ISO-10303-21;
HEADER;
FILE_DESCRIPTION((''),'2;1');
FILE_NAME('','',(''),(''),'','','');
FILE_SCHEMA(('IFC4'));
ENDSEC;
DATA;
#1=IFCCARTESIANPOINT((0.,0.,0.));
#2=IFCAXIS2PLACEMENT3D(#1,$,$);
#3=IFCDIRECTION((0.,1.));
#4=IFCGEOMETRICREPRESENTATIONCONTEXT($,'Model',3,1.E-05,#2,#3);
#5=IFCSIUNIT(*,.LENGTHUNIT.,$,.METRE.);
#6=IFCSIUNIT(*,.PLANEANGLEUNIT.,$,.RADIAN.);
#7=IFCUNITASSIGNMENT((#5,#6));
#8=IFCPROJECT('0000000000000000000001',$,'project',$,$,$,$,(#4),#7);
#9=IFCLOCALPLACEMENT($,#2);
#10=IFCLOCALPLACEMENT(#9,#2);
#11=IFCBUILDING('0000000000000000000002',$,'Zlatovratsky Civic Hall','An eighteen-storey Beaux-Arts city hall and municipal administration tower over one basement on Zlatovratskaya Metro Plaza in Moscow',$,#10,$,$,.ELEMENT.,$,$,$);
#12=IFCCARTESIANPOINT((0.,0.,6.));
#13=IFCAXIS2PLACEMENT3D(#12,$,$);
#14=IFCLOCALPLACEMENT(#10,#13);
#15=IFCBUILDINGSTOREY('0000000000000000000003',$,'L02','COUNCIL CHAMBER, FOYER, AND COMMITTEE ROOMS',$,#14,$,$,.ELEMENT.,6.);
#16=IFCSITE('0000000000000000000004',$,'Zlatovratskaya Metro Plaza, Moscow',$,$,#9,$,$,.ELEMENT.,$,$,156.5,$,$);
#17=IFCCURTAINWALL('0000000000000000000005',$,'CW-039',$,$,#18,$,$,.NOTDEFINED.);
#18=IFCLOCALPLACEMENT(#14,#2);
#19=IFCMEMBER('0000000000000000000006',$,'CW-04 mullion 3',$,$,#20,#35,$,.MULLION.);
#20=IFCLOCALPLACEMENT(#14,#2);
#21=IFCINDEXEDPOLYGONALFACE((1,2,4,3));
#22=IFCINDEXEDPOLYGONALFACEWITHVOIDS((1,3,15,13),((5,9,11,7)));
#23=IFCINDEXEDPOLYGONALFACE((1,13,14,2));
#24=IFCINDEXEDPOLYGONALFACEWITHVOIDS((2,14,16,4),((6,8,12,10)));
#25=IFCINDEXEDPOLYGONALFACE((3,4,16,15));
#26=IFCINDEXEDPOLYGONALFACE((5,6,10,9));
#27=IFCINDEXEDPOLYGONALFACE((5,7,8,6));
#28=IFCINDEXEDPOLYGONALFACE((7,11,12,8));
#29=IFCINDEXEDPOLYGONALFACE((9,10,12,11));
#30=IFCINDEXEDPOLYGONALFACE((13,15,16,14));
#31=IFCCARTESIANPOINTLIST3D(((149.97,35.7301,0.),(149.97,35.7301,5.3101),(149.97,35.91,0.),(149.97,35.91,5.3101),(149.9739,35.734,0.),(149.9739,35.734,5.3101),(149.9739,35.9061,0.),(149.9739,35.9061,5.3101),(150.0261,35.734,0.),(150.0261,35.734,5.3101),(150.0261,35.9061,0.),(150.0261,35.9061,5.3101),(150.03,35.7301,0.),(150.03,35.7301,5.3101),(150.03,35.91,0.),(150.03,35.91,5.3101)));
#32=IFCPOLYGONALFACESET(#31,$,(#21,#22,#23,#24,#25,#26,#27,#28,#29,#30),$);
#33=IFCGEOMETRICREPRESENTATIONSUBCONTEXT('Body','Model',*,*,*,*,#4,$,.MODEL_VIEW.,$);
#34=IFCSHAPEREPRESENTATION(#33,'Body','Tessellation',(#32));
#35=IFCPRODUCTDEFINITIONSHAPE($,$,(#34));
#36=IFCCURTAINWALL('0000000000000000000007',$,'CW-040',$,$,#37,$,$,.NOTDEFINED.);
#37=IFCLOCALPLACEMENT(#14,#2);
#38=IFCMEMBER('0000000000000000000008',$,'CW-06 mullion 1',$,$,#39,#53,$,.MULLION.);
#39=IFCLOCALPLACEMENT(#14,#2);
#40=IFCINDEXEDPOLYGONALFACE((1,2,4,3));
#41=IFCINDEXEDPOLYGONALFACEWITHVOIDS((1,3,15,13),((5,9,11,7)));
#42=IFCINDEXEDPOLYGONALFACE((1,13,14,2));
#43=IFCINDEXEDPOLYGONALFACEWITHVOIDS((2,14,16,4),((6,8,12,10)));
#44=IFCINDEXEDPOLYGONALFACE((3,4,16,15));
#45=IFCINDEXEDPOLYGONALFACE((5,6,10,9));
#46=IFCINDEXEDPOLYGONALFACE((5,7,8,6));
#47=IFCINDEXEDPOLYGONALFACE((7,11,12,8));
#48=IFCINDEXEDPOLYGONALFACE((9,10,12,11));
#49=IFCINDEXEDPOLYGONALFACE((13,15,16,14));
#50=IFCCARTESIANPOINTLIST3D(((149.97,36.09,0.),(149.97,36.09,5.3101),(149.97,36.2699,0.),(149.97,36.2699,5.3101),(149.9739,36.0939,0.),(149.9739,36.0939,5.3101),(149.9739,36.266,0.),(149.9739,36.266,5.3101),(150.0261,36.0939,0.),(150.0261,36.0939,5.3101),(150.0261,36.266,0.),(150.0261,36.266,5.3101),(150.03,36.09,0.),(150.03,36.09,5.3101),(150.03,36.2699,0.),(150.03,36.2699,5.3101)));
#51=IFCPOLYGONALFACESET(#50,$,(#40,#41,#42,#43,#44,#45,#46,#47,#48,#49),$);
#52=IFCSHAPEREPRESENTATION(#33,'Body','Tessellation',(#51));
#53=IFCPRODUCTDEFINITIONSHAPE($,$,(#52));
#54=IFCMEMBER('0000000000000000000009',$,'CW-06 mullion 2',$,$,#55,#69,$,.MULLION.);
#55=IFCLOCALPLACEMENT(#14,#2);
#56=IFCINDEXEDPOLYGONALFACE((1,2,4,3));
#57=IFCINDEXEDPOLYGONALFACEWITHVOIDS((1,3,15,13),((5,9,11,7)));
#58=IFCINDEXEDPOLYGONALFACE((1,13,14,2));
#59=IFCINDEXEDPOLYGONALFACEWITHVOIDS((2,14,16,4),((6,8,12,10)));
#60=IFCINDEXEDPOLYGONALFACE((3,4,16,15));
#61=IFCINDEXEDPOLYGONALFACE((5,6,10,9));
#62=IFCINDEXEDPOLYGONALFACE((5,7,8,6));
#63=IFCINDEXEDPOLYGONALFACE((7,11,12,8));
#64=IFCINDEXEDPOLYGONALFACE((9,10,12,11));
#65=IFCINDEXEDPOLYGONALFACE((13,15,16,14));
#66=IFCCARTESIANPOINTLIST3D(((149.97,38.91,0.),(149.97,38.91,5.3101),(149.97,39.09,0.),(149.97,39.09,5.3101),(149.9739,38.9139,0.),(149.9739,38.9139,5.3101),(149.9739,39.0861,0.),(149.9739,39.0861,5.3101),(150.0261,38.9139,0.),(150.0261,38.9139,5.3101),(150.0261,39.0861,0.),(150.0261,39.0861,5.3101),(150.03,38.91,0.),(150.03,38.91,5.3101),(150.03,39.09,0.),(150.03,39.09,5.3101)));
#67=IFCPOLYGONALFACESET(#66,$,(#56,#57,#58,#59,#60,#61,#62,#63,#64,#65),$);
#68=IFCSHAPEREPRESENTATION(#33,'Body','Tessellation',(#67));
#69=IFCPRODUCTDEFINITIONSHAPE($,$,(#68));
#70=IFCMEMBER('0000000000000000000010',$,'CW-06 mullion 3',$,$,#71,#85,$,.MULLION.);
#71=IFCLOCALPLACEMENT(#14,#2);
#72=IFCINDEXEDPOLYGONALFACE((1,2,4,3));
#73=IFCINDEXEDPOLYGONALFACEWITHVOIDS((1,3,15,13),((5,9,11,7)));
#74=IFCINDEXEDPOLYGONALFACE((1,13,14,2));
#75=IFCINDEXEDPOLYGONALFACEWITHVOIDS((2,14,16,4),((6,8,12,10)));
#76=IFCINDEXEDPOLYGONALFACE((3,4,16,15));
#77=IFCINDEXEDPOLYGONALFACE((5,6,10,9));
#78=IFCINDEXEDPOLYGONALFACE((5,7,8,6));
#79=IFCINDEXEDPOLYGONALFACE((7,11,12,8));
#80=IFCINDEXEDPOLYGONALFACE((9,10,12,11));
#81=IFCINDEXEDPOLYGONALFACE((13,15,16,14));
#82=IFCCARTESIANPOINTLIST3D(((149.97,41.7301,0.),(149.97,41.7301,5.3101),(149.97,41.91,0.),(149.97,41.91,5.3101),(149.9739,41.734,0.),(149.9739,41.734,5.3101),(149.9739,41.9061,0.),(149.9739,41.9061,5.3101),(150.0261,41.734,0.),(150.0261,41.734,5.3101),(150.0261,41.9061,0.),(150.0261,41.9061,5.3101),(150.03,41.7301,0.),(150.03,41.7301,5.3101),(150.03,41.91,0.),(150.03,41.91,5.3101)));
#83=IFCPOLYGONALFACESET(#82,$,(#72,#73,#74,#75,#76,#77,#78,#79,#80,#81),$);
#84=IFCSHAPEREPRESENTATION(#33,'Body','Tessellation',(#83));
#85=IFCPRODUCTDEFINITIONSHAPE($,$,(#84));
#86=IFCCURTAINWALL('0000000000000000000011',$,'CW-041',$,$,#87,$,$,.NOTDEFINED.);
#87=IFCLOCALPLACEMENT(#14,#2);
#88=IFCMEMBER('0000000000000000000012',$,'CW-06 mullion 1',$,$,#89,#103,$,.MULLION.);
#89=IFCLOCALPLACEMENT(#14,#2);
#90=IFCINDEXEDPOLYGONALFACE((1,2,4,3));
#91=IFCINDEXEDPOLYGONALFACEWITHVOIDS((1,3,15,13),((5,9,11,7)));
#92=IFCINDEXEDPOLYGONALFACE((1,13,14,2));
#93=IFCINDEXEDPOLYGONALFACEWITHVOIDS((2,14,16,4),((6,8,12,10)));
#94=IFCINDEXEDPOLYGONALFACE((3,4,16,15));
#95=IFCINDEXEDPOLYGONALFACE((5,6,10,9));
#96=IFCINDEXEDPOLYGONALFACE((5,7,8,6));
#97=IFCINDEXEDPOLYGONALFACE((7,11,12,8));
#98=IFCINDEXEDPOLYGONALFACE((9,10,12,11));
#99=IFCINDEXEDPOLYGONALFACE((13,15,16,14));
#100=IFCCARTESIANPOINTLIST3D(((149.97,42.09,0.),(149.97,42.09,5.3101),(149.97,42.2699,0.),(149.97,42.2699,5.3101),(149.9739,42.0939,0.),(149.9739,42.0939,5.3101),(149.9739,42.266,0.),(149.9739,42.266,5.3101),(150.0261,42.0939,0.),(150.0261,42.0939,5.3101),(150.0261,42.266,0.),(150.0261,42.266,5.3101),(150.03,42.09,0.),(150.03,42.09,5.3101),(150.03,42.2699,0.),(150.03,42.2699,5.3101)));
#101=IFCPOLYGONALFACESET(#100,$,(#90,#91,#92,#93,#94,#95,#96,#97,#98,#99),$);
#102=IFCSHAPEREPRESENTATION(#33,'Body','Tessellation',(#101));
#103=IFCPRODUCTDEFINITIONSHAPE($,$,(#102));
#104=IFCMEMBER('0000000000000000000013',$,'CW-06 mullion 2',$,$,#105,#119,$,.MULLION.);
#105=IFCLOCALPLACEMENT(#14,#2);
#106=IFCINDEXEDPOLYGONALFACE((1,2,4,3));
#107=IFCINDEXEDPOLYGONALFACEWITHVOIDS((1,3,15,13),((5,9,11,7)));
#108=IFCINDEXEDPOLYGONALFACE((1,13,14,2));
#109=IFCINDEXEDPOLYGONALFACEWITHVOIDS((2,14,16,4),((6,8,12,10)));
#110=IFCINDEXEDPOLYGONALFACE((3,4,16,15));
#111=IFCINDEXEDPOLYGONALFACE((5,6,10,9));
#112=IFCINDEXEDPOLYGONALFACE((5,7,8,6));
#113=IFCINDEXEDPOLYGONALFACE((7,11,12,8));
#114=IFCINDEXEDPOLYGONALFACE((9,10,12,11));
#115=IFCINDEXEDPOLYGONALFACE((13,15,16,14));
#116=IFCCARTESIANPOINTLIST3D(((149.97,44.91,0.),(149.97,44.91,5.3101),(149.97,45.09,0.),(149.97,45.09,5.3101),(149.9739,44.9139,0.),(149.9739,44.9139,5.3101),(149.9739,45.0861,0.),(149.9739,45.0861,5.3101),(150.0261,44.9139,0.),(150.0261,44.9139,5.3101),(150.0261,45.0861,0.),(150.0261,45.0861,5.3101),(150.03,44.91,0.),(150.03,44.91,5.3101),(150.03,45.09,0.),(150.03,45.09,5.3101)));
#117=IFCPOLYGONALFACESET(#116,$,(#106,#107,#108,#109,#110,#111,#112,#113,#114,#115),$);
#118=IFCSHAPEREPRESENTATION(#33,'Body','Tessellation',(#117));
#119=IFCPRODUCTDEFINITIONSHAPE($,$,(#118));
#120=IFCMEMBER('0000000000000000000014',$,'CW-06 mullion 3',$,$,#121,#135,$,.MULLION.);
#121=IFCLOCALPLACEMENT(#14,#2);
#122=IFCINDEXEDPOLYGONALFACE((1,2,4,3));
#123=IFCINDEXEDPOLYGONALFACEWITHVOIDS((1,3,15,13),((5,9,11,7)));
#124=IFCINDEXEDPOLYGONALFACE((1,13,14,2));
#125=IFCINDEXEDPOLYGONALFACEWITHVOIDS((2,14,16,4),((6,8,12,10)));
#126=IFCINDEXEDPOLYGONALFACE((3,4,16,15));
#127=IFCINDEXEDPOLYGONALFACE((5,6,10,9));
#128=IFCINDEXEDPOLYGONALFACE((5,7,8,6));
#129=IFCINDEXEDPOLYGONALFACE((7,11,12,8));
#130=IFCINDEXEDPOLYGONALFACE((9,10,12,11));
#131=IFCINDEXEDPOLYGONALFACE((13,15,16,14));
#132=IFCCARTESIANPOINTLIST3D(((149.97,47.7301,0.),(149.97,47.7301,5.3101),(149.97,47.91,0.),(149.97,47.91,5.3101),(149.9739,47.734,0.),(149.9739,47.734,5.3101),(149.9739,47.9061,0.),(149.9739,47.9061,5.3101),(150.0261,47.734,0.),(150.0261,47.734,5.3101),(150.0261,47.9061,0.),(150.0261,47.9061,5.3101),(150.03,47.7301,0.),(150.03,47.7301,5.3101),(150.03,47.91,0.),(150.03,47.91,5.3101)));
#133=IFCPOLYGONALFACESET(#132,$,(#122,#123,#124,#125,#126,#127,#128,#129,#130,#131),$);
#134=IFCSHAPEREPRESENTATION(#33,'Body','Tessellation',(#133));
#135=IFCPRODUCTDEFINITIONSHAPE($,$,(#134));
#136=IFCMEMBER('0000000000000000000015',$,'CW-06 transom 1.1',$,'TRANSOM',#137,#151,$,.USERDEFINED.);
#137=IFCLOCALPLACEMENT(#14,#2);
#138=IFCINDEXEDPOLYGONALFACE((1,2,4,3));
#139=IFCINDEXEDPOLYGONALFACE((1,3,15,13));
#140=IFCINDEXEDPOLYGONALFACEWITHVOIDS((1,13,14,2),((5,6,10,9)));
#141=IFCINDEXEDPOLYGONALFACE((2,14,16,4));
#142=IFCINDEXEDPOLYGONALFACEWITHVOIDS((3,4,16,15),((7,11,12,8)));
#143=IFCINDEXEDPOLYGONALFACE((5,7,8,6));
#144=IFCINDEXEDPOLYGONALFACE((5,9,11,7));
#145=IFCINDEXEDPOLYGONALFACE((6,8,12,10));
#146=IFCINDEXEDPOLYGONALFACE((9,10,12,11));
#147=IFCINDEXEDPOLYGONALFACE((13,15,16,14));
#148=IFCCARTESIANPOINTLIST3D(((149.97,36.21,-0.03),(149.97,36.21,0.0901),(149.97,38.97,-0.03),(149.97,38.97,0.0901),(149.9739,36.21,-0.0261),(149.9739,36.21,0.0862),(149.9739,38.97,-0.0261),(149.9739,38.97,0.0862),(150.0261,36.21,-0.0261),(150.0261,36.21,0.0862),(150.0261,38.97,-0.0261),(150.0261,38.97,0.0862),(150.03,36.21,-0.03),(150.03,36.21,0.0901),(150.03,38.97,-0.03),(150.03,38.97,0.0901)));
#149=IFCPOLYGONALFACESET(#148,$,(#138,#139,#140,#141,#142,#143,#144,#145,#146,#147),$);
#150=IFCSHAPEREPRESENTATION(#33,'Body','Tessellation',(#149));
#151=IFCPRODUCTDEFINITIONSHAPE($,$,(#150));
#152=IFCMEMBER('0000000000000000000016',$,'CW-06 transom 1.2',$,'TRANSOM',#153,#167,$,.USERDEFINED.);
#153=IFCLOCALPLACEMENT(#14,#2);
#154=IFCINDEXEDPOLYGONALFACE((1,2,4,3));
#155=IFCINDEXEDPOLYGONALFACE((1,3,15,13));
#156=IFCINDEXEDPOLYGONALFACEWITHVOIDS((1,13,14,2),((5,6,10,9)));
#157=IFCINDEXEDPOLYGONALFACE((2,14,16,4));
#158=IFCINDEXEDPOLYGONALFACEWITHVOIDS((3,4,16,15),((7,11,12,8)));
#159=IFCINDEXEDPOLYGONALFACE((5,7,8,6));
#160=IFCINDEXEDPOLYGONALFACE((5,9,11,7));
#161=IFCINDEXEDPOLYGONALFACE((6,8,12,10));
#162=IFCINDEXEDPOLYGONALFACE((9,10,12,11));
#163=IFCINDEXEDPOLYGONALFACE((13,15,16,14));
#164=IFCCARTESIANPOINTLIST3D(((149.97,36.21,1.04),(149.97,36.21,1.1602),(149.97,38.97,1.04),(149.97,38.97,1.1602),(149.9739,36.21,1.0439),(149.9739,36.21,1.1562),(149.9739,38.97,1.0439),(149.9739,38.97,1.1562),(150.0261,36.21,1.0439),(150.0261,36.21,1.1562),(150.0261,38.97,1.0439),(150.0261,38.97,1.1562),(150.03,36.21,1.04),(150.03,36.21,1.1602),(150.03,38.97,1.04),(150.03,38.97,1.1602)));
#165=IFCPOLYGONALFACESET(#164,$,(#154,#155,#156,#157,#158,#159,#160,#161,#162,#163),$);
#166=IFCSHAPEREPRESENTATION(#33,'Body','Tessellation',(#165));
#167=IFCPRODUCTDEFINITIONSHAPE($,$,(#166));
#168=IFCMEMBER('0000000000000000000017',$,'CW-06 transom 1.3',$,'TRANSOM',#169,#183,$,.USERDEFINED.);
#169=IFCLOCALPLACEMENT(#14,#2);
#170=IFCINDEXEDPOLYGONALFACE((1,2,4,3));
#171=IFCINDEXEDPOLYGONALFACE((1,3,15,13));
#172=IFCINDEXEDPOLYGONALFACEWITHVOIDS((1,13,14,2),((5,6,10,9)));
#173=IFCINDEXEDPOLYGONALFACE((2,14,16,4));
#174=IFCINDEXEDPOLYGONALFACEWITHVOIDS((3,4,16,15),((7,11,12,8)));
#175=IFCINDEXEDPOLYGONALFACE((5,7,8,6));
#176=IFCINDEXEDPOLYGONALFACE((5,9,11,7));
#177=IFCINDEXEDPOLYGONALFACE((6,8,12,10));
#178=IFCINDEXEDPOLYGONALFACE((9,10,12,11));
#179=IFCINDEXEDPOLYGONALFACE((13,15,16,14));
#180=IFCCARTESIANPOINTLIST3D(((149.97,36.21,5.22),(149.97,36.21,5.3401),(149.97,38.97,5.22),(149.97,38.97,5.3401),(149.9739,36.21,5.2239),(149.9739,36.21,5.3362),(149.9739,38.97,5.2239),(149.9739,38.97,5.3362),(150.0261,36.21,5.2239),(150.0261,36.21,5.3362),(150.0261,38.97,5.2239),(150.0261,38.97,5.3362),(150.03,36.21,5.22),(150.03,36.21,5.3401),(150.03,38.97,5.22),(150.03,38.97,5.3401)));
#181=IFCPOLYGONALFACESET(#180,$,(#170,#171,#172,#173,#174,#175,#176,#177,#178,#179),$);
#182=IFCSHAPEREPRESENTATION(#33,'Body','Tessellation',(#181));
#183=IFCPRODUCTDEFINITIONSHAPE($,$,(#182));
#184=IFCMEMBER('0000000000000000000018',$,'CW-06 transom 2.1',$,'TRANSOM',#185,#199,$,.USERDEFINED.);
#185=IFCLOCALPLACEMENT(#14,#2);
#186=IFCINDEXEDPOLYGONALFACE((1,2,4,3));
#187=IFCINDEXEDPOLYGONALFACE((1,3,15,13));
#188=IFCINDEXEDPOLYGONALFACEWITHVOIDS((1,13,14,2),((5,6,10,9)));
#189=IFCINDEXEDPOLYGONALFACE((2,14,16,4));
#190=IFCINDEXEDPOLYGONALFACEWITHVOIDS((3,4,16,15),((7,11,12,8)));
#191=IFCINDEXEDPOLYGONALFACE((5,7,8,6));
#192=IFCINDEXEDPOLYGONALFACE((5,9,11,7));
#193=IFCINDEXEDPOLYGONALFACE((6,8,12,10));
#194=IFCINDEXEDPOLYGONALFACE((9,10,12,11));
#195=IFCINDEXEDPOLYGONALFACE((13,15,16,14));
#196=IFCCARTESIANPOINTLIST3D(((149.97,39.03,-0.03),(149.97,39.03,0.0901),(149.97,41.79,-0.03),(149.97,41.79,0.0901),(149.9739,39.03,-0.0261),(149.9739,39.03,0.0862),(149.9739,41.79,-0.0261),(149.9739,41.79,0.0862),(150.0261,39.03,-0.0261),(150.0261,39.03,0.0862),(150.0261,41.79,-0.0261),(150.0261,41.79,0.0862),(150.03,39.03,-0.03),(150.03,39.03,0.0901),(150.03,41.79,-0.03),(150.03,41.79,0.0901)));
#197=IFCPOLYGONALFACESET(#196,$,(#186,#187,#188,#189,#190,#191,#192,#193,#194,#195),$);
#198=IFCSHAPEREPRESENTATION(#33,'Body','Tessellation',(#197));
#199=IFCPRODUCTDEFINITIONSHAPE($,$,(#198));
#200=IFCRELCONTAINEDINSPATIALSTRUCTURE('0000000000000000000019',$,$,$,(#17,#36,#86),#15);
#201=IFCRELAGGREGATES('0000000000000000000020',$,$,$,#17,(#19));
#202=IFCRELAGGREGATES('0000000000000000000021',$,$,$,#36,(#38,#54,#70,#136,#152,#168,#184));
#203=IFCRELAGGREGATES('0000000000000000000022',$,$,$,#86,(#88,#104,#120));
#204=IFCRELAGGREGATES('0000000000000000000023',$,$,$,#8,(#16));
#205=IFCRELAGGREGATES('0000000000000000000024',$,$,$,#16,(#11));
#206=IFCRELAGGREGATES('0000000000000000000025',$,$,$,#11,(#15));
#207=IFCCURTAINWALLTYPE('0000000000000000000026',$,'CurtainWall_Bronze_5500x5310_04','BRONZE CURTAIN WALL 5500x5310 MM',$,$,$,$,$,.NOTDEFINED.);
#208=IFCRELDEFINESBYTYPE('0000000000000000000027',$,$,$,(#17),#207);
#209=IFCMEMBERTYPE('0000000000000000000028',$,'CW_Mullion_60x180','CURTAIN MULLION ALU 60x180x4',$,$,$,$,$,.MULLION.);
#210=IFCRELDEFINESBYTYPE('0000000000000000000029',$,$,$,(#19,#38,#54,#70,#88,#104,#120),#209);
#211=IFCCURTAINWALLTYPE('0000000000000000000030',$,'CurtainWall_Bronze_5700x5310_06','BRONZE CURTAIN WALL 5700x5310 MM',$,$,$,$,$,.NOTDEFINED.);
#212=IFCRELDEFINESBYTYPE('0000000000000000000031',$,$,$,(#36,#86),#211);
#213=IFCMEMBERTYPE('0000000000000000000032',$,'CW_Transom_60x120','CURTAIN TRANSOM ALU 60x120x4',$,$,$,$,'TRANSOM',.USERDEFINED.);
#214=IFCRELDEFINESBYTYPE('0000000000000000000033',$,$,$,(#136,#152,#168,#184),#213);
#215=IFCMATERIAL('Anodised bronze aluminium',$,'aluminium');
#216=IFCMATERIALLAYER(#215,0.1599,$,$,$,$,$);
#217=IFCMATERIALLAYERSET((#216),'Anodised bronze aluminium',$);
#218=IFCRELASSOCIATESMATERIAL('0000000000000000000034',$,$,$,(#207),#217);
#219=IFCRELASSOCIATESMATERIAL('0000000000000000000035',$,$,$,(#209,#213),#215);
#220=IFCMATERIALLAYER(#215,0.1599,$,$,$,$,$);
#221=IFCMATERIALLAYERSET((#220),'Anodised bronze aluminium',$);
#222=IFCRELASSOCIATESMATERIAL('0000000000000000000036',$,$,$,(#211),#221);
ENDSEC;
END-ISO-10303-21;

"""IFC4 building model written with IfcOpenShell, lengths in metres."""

from ifc_helpers import new_model, si_unit, direction, frame, origin, origin_2d, place, context, subcontext, project, spatial, hollow_rectangle, extrude, material, layer, layer_set, material_profile, profile_set, type_object, element, aggregate, save


model = new_model("IFC4")

# Units and contexts
model_context = context("Model", 3, precision=1e-05, world=origin(), true_north=direction((0.0, 1.0)))
body_context = subcontext(model_context, "Body", "Model", "MODEL_VIEW")
ifc_project = project(units=[si_unit("LENGTHUNIT", "METRE"), si_unit("PLANEANGLEUNIT", "RADIAN")], contexts=[model_context])

# Site, building, storey
site_placement = place(None, origin())
site = spatial("IfcSite", under=ifc_project, at=site_placement, Name="Zlatovratskaya Metro Plaza, Moscow", CompositionType="ELEMENT", RefElevation=156.5)
building_placement = place(site_placement, origin())
building = spatial("IfcBuilding", under=site, at=building_placement, Name="Zlatovratsky Civic Hall", Description="An eighteen-storey Beaux-Arts city hall and municipal administration tower over one basement on Zlatovratskaya Metro Plaza in Moscow", CompositionType="ELEMENT")
storey_placement = place(building_placement, frame((0.0, 0.0, 6.0)))
storey = spatial("IfcBuildingStorey", under=building, at=storey_placement, Name="L02", Description="COUNCIL CHAMBER, FOYER, AND COMMITTEE ROOMS", CompositionType="ELEMENT", Elevation=6.0)

# Curtain wall, member
ifc_material_1 = material(Name="Anodised bronze aluminium", Category="aluminium")
ifc_layer_1 = layer(ifc_material_1, 0.1599)
ifc_layer_set_1 = layer_set([ifc_layer_1], Name="Anodised bronze aluminium")
curtain_wall_type_1 = type_object("IfcCurtainWallType", Name="CurtainWall_Bronze_5500x5310_04", Description="BRONZE CURTAIN WALL 5500x5310 MM", PredefinedType="NOTDEFINED", material=ifc_layer_set_1)
curtain_wall_1_placement = place(storey_placement, origin())
curtain_wall_1 = element("IfcCurtainWall", 1, at=curtain_wall_1_placement, inside=storey, type_object=curtain_wall_type_1, Name="CW-039", PredefinedType="NOTDEFINED")
ifc_material_profile_1 = material_profile(ifc_material_1, hollow_rectangle(XDim=0.0601, YDim=0.1799, WallThickness=0.0039, at=origin_2d()), Name="ALU 60x180x4")
ifc_profile_set_1 = profile_set([ifc_material_profile_1], Name="Anodised bronze aluminium")
member_type_1 = type_object("IfcMemberType", Name="CW_Mullion_60x180", Description="CURTAIN MULLION ALU 60x180x4", PredefinedType="MULLION", material=ifc_profile_set_1)
member_1_placement = place(storey_placement, frame((150.0, 35.8201, 0.0), z_axis=(0.0, 0.0, 1.0), x_axis=(-1.0, 0.0, 0.0)))
member_1 = element("IfcMember", 2, at=member_1_placement, type_object=member_type_1, Name="CW-04 mullion 3", PredefinedType="MULLION", context=body_context, shape_type="SweptSolid", body=[
    extrude(hollow_rectangle(XDim=0.0601, YDim=0.1799, WallThickness=0.0039, at=origin_2d()), origin(), (0.0, 0.0, 1.0), 5.3101),
])

# Curtain walls, members
ifc_layer_2 = layer(ifc_material_1, 0.1599)
ifc_layer_set_2 = layer_set([ifc_layer_2], Name="Anodised bronze aluminium")
curtain_wall_type_2 = type_object("IfcCurtainWallType", Name="CurtainWall_Bronze_5700x5310_06", Description="BRONZE CURTAIN WALL 5700x5310 MM", PredefinedType="NOTDEFINED", material=ifc_layer_set_2)
curtain_wall_2_placement = place(storey_placement, origin())
curtain_wall_2 = element("IfcCurtainWall", 3, at=curtain_wall_2_placement, inside=storey, type_object=curtain_wall_type_2, Name="CW-040", PredefinedType="NOTDEFINED")
member_2_placement = place(storey_placement, frame((150.0, 36.1799, 0.0), z_axis=(0.0, 0.0, 1.0), x_axis=(-1.0, 0.0, 0.0)))
member_2 = element("IfcMember", 4, at=member_2_placement, type_object=member_type_1, Name="CW-06 mullion 1", PredefinedType="MULLION", context=body_context, shape_type="SweptSolid", body=[
    extrude(hollow_rectangle(XDim=0.0601, YDim=0.1799, WallThickness=0.0039, at=origin_2d()), origin(), (0.0, 0.0, 1.0), 5.3101),
])
member_3_placement = place(storey_placement, frame((150.0, 39.0, 0.0), z_axis=(0.0, 0.0, 1.0), x_axis=(-1.0, 0.0, 0.0)))
member_3 = element("IfcMember", 5, at=member_3_placement, type_object=member_type_1, Name="CW-06 mullion 2", PredefinedType="MULLION", context=body_context, shape_type="SweptSolid", body=[
    extrude(hollow_rectangle(XDim=0.0601, YDim=0.1799, WallThickness=0.0039, at=origin_2d()), origin(), (0.0, 0.0, 1.0), 5.3101),
])
member_4_placement = place(storey_placement, frame((150.0, 41.8201, 0.0), z_axis=(0.0, 0.0, 1.0), x_axis=(-1.0, 0.0, 0.0)))
member_4 = element("IfcMember", 6, at=member_4_placement, type_object=member_type_1, Name="CW-06 mullion 3", PredefinedType="MULLION", context=body_context, shape_type="SweptSolid", body=[
    extrude(hollow_rectangle(XDim=0.0601, YDim=0.1799, WallThickness=0.0039, at=origin_2d()), origin(), (0.0, 0.0, 1.0), 5.3101),
])
curtain_wall_3_placement = place(storey_placement, origin())
curtain_wall_3 = element("IfcCurtainWall", 7, at=curtain_wall_3_placement, inside=storey, type_object=curtain_wall_type_2, Name="CW-041", PredefinedType="NOTDEFINED")
member_5_placement = place(storey_placement, frame((150.0, 42.1799, 0.0), z_axis=(0.0, 0.0, 1.0), x_axis=(-1.0, 0.0, 0.0)))
member_5 = element("IfcMember", 8, at=member_5_placement, type_object=member_type_1, Name="CW-06 mullion 1", PredefinedType="MULLION", context=body_context, shape_type="SweptSolid", body=[
    extrude(hollow_rectangle(XDim=0.0601, YDim=0.1799, WallThickness=0.0039, at=origin_2d()), origin(), (0.0, 0.0, 1.0), 5.3101),
])
member_6_placement = place(storey_placement, frame((150.0, 45.0, 0.0), z_axis=(0.0, 0.0, 1.0), x_axis=(-1.0, 0.0, 0.0)))
member_6 = element("IfcMember", 9, at=member_6_placement, type_object=member_type_1, Name="CW-06 mullion 2", PredefinedType="MULLION", context=body_context, shape_type="SweptSolid", body=[
    extrude(hollow_rectangle(XDim=0.0601, YDim=0.1799, WallThickness=0.0039, at=origin_2d()), origin(), (0.0, 0.0, 1.0), 5.3101),
])
member_7_placement = place(storey_placement, frame((150.0, 47.8201, 0.0), z_axis=(0.0, 0.0, 1.0), x_axis=(-1.0, 0.0, 0.0)))
member_7 = element("IfcMember", 10, at=member_7_placement, type_object=member_type_1, Name="CW-06 mullion 3", PredefinedType="MULLION", context=body_context, shape_type="SweptSolid", body=[
    extrude(hollow_rectangle(XDim=0.0601, YDim=0.1799, WallThickness=0.0039, at=origin_2d()), origin(), (0.0, 0.0, 1.0), 5.3101),
])

# Members
ifc_material_profile_2 = material_profile(ifc_material_1, hollow_rectangle(XDim=0.0601, YDim=0.1201, WallThickness=0.0039, at=origin_2d()), Name="ALU 60x120x4")
ifc_profile_set_2 = profile_set([ifc_material_profile_2], Name="Anodised bronze aluminium")
member_type_2 = type_object("IfcMemberType", Name="CW_Transom_60x120", Description="CURTAIN TRANSOM ALU 60x120x4", ElementType="TRANSOM", PredefinedType="USERDEFINED", material=ifc_profile_set_2)
member_8_placement = place(storey_placement, frame((150.0, 36.21, 0.03), z_axis=(0.0, 1.0, 0.0), x_axis=(-1.0, 0.0, 0.0)))
member_8 = element("IfcMember", 11, at=member_8_placement, type_object=member_type_2, Name="CW-06 transom 1.1", ObjectType="TRANSOM", PredefinedType="USERDEFINED", context=body_context, shape_type="SweptSolid", body=[
    extrude(hollow_rectangle(XDim=0.0601, YDim=0.1201, WallThickness=0.0039, at=origin_2d()), origin(), (0.0, 0.0, 1.0), 2.76),
])
member_9_placement = place(storey_placement, frame((150.0, 36.21, 1.1001), z_axis=(0.0, 1.0, 0.0), x_axis=(-1.0, 0.0, 0.0)))
member_9 = element("IfcMember", 12, at=member_9_placement, type_object=member_type_2, Name="CW-06 transom 1.2", ObjectType="TRANSOM", PredefinedType="USERDEFINED", context=body_context, shape_type="SweptSolid", body=[
    extrude(hollow_rectangle(XDim=0.0601, YDim=0.1201, WallThickness=0.0039, at=origin_2d()), origin(), (0.0, 0.0, 1.0), 2.76),
])
member_10_placement = place(storey_placement, frame((150.0, 36.21, 5.28), z_axis=(0.0, 1.0, 0.0), x_axis=(-1.0, 0.0, 0.0)))
member_10 = element("IfcMember", 13, at=member_10_placement, type_object=member_type_2, Name="CW-06 transom 1.3", ObjectType="TRANSOM", PredefinedType="USERDEFINED", context=body_context, shape_type="SweptSolid", body=[
    extrude(hollow_rectangle(XDim=0.0601, YDim=0.1201, WallThickness=0.0039, at=origin_2d()), origin(), (0.0, 0.0, 1.0), 2.76),
])
member_11_placement = place(storey_placement, frame((150.0, 39.03, 0.03), z_axis=(0.0, 1.0, 0.0), x_axis=(-1.0, 0.0, 0.0)))
member_11 = element("IfcMember", 14, at=member_11_placement, type_object=member_type_2, Name="CW-06 transom 2.1", ObjectType="TRANSOM", PredefinedType="USERDEFINED", context=body_context, shape_type="SweptSolid", body=[
    extrude(hollow_rectangle(XDim=0.0601, YDim=0.1201, WallThickness=0.0039, at=origin_2d()), origin(), (0.0, 0.0, 1.0), 2.76),
])

aggregate(curtain_wall_1, [member_1])
aggregate(curtain_wall_2, [member_2, member_3, member_4, member_8, member_9, member_10, member_11])
aggregate(curtain_wall_3, [member_5, member_6, member_7])

save(model, "model.ifc")
